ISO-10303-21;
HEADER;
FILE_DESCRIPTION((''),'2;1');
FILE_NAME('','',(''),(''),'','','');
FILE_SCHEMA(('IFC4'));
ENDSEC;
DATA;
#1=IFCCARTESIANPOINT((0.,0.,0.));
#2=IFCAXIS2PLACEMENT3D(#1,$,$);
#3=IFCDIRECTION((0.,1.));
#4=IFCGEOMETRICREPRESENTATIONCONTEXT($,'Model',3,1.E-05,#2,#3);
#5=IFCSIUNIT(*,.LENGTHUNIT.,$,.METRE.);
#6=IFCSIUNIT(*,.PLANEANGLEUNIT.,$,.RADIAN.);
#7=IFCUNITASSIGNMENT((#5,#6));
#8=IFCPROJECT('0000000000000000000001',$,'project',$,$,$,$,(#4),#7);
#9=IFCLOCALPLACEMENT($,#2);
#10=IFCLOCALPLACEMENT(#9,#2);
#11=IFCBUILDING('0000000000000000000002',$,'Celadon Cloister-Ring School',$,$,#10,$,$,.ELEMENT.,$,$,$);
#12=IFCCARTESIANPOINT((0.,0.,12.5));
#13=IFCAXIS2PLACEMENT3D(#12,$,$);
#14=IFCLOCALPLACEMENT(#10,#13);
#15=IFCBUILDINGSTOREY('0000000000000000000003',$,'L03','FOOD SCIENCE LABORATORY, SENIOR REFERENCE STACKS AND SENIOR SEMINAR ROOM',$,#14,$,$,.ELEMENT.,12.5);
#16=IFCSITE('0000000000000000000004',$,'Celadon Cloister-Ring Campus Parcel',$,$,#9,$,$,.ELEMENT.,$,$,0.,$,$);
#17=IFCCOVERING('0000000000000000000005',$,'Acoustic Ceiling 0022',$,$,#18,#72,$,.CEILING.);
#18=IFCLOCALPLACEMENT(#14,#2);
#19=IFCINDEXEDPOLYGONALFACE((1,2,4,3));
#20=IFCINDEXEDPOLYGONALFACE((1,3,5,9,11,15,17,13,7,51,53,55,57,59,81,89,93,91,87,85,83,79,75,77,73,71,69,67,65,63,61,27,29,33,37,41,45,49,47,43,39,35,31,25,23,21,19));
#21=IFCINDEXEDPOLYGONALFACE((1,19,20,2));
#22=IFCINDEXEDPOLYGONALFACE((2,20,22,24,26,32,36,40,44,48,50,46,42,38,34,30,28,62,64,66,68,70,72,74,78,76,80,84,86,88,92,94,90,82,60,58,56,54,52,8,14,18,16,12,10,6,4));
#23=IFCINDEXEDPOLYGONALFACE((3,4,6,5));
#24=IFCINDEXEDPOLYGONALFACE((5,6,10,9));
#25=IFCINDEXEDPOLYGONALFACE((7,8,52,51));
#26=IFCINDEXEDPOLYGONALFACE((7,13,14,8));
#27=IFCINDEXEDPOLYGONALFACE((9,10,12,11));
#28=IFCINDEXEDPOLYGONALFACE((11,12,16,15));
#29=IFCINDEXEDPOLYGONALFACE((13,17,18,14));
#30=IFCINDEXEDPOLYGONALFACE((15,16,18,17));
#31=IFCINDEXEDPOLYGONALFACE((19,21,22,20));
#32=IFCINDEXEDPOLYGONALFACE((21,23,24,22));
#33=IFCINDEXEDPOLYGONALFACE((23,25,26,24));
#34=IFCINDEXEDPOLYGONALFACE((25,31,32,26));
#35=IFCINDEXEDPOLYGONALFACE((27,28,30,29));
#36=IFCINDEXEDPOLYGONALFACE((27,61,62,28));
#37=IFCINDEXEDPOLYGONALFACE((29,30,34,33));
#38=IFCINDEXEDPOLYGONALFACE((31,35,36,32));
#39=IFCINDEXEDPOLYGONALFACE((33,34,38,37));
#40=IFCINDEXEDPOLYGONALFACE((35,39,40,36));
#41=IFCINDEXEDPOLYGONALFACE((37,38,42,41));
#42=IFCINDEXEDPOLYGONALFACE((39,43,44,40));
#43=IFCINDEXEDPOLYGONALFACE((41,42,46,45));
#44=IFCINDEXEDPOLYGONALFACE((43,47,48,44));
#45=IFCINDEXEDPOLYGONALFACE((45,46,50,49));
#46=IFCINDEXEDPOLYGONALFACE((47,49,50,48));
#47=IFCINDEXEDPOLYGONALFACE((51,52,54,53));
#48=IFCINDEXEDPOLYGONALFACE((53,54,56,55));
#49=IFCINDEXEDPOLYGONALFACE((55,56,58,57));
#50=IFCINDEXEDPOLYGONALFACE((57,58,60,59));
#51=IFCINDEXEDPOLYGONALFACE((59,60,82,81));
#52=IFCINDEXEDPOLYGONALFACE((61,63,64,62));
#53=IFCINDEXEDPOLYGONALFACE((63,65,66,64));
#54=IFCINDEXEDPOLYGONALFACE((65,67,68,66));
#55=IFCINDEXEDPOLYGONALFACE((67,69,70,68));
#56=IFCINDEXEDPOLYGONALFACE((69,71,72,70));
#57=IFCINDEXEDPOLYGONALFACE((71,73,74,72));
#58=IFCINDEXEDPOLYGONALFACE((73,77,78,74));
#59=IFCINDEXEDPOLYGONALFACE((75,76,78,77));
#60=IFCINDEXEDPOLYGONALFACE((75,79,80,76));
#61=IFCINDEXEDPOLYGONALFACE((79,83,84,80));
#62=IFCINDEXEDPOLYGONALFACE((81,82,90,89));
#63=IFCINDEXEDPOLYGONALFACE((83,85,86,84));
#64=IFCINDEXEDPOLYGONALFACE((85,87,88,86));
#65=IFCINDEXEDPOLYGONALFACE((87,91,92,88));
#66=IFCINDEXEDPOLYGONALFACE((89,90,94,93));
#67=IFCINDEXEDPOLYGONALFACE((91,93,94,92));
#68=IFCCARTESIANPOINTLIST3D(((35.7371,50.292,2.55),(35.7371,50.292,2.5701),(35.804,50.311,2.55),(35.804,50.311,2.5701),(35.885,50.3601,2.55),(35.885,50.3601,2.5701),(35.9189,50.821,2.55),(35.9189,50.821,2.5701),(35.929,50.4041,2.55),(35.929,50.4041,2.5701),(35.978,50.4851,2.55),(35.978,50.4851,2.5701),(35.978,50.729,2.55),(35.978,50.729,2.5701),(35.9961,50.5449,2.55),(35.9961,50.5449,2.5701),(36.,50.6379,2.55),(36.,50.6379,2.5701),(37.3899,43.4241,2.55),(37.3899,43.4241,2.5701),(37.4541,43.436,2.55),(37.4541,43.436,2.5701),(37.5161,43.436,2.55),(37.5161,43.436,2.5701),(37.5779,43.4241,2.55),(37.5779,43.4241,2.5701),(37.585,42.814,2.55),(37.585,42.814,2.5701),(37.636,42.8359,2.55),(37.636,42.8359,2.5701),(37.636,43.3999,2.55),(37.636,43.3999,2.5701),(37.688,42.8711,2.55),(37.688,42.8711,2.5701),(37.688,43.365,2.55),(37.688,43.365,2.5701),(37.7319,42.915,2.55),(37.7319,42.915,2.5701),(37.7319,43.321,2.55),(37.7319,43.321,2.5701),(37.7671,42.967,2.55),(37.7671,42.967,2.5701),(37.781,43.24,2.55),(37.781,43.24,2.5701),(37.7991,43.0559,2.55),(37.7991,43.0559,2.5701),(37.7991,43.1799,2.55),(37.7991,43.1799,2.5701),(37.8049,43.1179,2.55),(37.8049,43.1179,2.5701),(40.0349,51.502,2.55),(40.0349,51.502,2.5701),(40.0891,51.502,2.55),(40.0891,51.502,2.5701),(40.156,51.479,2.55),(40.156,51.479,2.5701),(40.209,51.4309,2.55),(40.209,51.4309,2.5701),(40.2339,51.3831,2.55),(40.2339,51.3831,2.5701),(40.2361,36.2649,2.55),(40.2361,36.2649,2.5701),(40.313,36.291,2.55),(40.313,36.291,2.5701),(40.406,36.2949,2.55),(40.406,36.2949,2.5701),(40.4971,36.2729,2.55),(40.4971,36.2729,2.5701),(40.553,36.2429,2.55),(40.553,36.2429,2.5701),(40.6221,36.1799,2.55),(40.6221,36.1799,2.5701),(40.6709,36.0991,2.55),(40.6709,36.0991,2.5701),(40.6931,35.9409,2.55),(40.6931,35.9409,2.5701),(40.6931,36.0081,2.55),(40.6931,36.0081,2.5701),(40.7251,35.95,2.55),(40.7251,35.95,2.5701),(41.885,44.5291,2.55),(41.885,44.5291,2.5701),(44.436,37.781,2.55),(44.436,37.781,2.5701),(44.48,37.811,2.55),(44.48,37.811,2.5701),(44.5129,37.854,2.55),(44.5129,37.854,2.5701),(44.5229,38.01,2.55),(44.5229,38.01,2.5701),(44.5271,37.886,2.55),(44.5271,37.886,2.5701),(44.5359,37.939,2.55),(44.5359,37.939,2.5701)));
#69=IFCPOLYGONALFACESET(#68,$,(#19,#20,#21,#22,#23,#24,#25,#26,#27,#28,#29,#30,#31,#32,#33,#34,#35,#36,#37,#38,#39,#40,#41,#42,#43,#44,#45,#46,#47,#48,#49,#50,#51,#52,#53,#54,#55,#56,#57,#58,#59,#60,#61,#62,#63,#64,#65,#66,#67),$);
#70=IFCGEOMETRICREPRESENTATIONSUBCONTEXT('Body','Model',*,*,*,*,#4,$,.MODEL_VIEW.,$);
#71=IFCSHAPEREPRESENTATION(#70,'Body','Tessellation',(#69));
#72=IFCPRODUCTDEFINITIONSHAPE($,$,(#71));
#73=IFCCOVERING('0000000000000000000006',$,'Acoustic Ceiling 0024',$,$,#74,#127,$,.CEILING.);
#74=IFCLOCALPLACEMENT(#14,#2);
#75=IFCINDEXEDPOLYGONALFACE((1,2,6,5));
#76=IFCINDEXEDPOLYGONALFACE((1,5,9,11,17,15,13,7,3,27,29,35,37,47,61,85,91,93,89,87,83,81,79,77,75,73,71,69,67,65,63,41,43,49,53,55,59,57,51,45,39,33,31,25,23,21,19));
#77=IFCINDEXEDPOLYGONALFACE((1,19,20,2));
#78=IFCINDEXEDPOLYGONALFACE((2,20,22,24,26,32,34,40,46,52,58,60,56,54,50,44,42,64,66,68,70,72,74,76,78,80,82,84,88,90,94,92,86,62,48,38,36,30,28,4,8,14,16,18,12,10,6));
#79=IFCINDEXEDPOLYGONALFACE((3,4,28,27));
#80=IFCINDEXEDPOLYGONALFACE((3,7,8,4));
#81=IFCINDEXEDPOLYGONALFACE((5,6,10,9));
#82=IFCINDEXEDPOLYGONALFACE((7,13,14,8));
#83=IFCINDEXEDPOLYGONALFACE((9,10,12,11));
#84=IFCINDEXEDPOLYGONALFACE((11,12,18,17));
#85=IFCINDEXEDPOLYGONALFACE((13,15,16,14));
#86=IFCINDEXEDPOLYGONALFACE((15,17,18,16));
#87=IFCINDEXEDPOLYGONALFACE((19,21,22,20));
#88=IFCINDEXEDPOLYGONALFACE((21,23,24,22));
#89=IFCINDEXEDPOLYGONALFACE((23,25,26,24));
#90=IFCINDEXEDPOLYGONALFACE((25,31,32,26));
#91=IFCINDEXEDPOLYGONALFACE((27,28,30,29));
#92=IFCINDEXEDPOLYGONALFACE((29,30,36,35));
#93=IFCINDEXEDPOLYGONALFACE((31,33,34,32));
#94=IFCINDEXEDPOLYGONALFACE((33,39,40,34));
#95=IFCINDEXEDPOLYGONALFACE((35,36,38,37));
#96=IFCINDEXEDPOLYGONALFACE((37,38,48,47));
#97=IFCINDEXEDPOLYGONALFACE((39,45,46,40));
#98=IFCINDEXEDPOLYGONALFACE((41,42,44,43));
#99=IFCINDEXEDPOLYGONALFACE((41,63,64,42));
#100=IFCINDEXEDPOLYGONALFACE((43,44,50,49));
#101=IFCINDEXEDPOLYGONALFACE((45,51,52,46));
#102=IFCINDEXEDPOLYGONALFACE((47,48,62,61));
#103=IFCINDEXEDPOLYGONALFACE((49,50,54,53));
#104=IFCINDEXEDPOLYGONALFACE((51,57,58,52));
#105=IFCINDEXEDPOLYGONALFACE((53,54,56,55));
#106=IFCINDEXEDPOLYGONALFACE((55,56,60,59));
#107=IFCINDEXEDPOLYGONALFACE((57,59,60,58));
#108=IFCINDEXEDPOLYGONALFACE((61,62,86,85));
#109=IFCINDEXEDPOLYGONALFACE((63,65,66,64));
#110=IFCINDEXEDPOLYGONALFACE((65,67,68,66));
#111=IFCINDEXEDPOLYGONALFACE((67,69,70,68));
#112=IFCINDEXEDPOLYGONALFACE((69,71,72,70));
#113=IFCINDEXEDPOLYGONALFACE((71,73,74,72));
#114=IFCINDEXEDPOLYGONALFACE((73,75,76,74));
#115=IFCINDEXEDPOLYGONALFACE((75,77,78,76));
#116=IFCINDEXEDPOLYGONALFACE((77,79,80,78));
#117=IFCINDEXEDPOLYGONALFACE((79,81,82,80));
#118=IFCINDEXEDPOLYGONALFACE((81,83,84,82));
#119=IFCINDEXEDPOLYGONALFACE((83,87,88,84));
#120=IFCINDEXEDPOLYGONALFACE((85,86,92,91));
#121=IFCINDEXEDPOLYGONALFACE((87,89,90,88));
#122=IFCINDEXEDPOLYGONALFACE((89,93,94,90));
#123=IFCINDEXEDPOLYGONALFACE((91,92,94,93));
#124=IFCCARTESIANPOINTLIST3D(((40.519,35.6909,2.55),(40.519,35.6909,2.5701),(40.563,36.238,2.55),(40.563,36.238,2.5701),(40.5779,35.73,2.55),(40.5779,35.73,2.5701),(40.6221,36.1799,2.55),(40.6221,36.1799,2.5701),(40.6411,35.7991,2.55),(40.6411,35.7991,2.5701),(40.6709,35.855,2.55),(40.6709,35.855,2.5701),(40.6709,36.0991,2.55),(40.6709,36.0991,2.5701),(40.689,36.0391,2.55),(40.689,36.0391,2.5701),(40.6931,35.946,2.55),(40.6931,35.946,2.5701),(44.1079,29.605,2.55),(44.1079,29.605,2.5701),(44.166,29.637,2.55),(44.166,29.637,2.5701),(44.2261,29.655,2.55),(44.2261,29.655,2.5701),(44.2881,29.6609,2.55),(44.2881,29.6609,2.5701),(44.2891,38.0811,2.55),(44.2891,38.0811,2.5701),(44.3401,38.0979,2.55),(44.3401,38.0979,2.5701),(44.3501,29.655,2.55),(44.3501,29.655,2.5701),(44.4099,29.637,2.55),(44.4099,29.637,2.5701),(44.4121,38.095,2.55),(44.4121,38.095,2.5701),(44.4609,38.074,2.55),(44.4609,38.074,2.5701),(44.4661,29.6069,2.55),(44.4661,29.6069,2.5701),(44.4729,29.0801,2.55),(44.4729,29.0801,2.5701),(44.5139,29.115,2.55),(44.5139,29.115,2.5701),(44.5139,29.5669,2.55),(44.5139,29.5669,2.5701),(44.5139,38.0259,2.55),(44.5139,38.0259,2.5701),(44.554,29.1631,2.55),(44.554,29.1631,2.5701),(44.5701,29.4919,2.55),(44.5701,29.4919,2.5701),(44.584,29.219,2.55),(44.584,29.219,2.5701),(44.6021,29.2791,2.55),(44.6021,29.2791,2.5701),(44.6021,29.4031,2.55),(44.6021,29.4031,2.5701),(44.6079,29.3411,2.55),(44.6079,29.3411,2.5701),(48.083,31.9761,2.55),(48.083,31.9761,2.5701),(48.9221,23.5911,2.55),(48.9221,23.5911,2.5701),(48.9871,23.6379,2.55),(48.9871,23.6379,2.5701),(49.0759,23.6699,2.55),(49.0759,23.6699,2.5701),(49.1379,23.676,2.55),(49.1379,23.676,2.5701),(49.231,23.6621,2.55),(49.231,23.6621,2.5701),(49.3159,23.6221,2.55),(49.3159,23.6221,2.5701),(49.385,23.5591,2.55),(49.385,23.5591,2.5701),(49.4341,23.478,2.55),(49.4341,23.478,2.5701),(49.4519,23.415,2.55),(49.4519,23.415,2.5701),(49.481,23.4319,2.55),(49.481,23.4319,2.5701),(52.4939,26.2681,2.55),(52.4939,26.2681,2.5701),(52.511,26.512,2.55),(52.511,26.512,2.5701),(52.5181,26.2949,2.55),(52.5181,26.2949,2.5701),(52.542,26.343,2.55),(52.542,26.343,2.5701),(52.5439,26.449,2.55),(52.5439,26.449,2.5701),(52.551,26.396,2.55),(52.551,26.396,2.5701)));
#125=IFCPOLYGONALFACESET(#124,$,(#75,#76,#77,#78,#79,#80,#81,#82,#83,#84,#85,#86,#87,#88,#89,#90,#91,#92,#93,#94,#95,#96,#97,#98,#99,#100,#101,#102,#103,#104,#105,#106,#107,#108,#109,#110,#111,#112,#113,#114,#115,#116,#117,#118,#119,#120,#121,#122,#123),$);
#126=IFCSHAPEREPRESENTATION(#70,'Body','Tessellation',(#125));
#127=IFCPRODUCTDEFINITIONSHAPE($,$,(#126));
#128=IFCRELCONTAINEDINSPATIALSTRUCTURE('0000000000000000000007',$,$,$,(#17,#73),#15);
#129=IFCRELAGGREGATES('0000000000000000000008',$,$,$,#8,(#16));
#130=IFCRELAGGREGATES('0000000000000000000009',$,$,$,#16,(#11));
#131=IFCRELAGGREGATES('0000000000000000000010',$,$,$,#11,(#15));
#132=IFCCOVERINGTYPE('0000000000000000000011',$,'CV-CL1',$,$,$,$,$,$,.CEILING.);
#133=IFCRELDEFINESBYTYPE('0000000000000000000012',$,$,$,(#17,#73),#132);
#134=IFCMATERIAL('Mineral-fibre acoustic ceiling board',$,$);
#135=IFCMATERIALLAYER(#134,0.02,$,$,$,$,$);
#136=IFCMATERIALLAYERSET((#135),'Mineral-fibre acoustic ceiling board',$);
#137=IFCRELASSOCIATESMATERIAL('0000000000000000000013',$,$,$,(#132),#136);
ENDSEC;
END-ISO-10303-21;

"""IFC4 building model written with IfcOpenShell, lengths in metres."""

from ifc_helpers import new_model, si_unit, direction, frame, origin, place, context, subcontext, project, spatial, polyline, outline, extrude, material, layer, layer_set, type_object, element, save


model = new_model("IFC4")

# Units and contexts
model_context = context("Model", 3, precision=1e-05, world=origin(), true_north=direction((0.0, 1.0)))
body_context = subcontext(model_context, "Body", "Model", "MODEL_VIEW")
ifc_project = project(units=[si_unit("LENGTHUNIT", "METRE"), si_unit("PLANEANGLEUNIT", "RADIAN")], contexts=[model_context])

# Site, building, storey
site_placement = place(None, origin())
site = spatial("IfcSite", under=ifc_project, at=site_placement, Name="Celadon Cloister-Ring Campus Parcel", CompositionType="ELEMENT", RefElevation=0.0)
building_placement = place(site_placement, origin())
building = spatial("IfcBuilding", under=site, at=building_placement, Name="Celadon Cloister-Ring School", CompositionType="ELEMENT")
storey_placement = place(building_placement, frame((0.0, 0.0, 12.5)))
storey = spatial("IfcBuildingStorey", under=building, at=storey_placement, Name="L03", Description="FOOD SCIENCE LABORATORY, SENIOR REFERENCE STACKS AND SENIOR SEMINAR ROOM", CompositionType="ELEMENT", Elevation=12.5)

# Coverings
ifc_material_1 = material(Name="Mineral-fibre acoustic ceiling board")
ifc_layer_1 = layer(ifc_material_1, 0.02)
ifc_layer_set_1 = layer_set([ifc_layer_1], Name="Mineral-fibre acoustic ceiling board")
covering_type_1 = type_object("IfcCoveringType", Name="CV-CL1", PredefinedType="CEILING", material=ifc_layer_set_1)
covering_1_placement = place(storey_placement, frame((0.0, 0.0, 2.55)))
element("IfcCovering", 1, at=covering_1_placement, inside=storey, type_object=covering_type_1, Name="Acoustic Ceiling 0022", PredefinedType="CEILING", context=body_context, shape_type="SweptSolid", body=[
    extrude(outline(polyline([(35.9189, 50.821), (40.0349, 51.502), (40.0891, 51.502), (40.156, 51.479), (40.209, 51.4309), (40.2339, 51.3831), (41.885, 44.5291), (44.5229, 38.01), (44.5359, 37.939), (44.5271, 37.886), (44.5129, 37.854), (44.48, 37.811), (44.436, 37.781), (40.7251, 35.95), (40.6931, 35.9409), (40.6931, 36.0081), (40.6709, 36.0991), (40.6221, 36.1799), (40.553, 36.2429), (40.4971, 36.2729), (40.406, 36.2949), (40.313, 36.291), (40.2361, 36.2649), (37.585, 42.814), (37.636, 42.8359), (37.688, 42.8711), (37.7319, 42.915), (37.7671, 42.967), (37.7991, 43.0559), (37.8049, 43.1179), (37.7991, 43.1799), (37.781, 43.24), (37.7319, 43.321), (37.688, 43.365), (37.636, 43.3999), (37.5779, 43.4241), (37.5161, 43.436), (37.4541, 43.436), (37.3899, 43.4241), (35.7371, 50.292), (35.804, 50.311), (35.885, 50.3601), (35.929, 50.4041), (35.978, 50.4851), (35.9961, 50.5449), (36.0, 50.6379), (35.978, 50.729), (35.9189, 50.821)])), origin(), (0.0, 0.0, 1.0), 0.02),
])
covering_2_placement = place(storey_placement, frame((0.0, 0.0, 2.55)))
element("IfcCovering", 2, at=covering_2_placement, inside=storey, type_object=covering_type_1, Name="Acoustic Ceiling 0024", PredefinedType="CEILING", context=body_context, shape_type="SweptSolid", body=[
    extrude(outline(polyline([(40.563, 36.238), (44.2891, 38.0811), (44.3401, 38.0979), (44.4121, 38.095), (44.4609, 38.074), (44.5139, 38.0259), (48.083, 31.9761), (52.511, 26.512), (52.5439, 26.449), (52.551, 26.396), (52.542, 26.343), (52.5181, 26.2949), (52.4939, 26.2681), (49.481, 23.4319), (49.4519, 23.415), (49.4341, 23.478), (49.385, 23.5591), (49.3159, 23.6221), (49.231, 23.6621), (49.1379, 23.676), (49.0759, 23.6699), (48.9871, 23.6379), (48.9221, 23.5911), (44.4729, 29.0801), (44.5139, 29.115), (44.554, 29.1631), (44.584, 29.219), (44.6021, 29.2791), (44.6079, 29.3411), (44.6021, 29.4031), (44.5701, 29.4919), (44.5139, 29.5669), (44.4661, 29.6069), (44.4099, 29.637), (44.3501, 29.655), (44.2881, 29.6609), (44.2261, 29.655), (44.166, 29.637), (44.1079, 29.605), (40.519, 35.6909), (40.5779, 35.73), (40.6411, 35.7991), (40.6709, 35.855), (40.6931, 35.946), (40.689, 36.0391), (40.6709, 36.0991), (40.6221, 36.1799), (40.563, 36.238)])), origin(), (0.0, 0.0, 1.0), 0.02),
])

save(model, "model.ifc")
